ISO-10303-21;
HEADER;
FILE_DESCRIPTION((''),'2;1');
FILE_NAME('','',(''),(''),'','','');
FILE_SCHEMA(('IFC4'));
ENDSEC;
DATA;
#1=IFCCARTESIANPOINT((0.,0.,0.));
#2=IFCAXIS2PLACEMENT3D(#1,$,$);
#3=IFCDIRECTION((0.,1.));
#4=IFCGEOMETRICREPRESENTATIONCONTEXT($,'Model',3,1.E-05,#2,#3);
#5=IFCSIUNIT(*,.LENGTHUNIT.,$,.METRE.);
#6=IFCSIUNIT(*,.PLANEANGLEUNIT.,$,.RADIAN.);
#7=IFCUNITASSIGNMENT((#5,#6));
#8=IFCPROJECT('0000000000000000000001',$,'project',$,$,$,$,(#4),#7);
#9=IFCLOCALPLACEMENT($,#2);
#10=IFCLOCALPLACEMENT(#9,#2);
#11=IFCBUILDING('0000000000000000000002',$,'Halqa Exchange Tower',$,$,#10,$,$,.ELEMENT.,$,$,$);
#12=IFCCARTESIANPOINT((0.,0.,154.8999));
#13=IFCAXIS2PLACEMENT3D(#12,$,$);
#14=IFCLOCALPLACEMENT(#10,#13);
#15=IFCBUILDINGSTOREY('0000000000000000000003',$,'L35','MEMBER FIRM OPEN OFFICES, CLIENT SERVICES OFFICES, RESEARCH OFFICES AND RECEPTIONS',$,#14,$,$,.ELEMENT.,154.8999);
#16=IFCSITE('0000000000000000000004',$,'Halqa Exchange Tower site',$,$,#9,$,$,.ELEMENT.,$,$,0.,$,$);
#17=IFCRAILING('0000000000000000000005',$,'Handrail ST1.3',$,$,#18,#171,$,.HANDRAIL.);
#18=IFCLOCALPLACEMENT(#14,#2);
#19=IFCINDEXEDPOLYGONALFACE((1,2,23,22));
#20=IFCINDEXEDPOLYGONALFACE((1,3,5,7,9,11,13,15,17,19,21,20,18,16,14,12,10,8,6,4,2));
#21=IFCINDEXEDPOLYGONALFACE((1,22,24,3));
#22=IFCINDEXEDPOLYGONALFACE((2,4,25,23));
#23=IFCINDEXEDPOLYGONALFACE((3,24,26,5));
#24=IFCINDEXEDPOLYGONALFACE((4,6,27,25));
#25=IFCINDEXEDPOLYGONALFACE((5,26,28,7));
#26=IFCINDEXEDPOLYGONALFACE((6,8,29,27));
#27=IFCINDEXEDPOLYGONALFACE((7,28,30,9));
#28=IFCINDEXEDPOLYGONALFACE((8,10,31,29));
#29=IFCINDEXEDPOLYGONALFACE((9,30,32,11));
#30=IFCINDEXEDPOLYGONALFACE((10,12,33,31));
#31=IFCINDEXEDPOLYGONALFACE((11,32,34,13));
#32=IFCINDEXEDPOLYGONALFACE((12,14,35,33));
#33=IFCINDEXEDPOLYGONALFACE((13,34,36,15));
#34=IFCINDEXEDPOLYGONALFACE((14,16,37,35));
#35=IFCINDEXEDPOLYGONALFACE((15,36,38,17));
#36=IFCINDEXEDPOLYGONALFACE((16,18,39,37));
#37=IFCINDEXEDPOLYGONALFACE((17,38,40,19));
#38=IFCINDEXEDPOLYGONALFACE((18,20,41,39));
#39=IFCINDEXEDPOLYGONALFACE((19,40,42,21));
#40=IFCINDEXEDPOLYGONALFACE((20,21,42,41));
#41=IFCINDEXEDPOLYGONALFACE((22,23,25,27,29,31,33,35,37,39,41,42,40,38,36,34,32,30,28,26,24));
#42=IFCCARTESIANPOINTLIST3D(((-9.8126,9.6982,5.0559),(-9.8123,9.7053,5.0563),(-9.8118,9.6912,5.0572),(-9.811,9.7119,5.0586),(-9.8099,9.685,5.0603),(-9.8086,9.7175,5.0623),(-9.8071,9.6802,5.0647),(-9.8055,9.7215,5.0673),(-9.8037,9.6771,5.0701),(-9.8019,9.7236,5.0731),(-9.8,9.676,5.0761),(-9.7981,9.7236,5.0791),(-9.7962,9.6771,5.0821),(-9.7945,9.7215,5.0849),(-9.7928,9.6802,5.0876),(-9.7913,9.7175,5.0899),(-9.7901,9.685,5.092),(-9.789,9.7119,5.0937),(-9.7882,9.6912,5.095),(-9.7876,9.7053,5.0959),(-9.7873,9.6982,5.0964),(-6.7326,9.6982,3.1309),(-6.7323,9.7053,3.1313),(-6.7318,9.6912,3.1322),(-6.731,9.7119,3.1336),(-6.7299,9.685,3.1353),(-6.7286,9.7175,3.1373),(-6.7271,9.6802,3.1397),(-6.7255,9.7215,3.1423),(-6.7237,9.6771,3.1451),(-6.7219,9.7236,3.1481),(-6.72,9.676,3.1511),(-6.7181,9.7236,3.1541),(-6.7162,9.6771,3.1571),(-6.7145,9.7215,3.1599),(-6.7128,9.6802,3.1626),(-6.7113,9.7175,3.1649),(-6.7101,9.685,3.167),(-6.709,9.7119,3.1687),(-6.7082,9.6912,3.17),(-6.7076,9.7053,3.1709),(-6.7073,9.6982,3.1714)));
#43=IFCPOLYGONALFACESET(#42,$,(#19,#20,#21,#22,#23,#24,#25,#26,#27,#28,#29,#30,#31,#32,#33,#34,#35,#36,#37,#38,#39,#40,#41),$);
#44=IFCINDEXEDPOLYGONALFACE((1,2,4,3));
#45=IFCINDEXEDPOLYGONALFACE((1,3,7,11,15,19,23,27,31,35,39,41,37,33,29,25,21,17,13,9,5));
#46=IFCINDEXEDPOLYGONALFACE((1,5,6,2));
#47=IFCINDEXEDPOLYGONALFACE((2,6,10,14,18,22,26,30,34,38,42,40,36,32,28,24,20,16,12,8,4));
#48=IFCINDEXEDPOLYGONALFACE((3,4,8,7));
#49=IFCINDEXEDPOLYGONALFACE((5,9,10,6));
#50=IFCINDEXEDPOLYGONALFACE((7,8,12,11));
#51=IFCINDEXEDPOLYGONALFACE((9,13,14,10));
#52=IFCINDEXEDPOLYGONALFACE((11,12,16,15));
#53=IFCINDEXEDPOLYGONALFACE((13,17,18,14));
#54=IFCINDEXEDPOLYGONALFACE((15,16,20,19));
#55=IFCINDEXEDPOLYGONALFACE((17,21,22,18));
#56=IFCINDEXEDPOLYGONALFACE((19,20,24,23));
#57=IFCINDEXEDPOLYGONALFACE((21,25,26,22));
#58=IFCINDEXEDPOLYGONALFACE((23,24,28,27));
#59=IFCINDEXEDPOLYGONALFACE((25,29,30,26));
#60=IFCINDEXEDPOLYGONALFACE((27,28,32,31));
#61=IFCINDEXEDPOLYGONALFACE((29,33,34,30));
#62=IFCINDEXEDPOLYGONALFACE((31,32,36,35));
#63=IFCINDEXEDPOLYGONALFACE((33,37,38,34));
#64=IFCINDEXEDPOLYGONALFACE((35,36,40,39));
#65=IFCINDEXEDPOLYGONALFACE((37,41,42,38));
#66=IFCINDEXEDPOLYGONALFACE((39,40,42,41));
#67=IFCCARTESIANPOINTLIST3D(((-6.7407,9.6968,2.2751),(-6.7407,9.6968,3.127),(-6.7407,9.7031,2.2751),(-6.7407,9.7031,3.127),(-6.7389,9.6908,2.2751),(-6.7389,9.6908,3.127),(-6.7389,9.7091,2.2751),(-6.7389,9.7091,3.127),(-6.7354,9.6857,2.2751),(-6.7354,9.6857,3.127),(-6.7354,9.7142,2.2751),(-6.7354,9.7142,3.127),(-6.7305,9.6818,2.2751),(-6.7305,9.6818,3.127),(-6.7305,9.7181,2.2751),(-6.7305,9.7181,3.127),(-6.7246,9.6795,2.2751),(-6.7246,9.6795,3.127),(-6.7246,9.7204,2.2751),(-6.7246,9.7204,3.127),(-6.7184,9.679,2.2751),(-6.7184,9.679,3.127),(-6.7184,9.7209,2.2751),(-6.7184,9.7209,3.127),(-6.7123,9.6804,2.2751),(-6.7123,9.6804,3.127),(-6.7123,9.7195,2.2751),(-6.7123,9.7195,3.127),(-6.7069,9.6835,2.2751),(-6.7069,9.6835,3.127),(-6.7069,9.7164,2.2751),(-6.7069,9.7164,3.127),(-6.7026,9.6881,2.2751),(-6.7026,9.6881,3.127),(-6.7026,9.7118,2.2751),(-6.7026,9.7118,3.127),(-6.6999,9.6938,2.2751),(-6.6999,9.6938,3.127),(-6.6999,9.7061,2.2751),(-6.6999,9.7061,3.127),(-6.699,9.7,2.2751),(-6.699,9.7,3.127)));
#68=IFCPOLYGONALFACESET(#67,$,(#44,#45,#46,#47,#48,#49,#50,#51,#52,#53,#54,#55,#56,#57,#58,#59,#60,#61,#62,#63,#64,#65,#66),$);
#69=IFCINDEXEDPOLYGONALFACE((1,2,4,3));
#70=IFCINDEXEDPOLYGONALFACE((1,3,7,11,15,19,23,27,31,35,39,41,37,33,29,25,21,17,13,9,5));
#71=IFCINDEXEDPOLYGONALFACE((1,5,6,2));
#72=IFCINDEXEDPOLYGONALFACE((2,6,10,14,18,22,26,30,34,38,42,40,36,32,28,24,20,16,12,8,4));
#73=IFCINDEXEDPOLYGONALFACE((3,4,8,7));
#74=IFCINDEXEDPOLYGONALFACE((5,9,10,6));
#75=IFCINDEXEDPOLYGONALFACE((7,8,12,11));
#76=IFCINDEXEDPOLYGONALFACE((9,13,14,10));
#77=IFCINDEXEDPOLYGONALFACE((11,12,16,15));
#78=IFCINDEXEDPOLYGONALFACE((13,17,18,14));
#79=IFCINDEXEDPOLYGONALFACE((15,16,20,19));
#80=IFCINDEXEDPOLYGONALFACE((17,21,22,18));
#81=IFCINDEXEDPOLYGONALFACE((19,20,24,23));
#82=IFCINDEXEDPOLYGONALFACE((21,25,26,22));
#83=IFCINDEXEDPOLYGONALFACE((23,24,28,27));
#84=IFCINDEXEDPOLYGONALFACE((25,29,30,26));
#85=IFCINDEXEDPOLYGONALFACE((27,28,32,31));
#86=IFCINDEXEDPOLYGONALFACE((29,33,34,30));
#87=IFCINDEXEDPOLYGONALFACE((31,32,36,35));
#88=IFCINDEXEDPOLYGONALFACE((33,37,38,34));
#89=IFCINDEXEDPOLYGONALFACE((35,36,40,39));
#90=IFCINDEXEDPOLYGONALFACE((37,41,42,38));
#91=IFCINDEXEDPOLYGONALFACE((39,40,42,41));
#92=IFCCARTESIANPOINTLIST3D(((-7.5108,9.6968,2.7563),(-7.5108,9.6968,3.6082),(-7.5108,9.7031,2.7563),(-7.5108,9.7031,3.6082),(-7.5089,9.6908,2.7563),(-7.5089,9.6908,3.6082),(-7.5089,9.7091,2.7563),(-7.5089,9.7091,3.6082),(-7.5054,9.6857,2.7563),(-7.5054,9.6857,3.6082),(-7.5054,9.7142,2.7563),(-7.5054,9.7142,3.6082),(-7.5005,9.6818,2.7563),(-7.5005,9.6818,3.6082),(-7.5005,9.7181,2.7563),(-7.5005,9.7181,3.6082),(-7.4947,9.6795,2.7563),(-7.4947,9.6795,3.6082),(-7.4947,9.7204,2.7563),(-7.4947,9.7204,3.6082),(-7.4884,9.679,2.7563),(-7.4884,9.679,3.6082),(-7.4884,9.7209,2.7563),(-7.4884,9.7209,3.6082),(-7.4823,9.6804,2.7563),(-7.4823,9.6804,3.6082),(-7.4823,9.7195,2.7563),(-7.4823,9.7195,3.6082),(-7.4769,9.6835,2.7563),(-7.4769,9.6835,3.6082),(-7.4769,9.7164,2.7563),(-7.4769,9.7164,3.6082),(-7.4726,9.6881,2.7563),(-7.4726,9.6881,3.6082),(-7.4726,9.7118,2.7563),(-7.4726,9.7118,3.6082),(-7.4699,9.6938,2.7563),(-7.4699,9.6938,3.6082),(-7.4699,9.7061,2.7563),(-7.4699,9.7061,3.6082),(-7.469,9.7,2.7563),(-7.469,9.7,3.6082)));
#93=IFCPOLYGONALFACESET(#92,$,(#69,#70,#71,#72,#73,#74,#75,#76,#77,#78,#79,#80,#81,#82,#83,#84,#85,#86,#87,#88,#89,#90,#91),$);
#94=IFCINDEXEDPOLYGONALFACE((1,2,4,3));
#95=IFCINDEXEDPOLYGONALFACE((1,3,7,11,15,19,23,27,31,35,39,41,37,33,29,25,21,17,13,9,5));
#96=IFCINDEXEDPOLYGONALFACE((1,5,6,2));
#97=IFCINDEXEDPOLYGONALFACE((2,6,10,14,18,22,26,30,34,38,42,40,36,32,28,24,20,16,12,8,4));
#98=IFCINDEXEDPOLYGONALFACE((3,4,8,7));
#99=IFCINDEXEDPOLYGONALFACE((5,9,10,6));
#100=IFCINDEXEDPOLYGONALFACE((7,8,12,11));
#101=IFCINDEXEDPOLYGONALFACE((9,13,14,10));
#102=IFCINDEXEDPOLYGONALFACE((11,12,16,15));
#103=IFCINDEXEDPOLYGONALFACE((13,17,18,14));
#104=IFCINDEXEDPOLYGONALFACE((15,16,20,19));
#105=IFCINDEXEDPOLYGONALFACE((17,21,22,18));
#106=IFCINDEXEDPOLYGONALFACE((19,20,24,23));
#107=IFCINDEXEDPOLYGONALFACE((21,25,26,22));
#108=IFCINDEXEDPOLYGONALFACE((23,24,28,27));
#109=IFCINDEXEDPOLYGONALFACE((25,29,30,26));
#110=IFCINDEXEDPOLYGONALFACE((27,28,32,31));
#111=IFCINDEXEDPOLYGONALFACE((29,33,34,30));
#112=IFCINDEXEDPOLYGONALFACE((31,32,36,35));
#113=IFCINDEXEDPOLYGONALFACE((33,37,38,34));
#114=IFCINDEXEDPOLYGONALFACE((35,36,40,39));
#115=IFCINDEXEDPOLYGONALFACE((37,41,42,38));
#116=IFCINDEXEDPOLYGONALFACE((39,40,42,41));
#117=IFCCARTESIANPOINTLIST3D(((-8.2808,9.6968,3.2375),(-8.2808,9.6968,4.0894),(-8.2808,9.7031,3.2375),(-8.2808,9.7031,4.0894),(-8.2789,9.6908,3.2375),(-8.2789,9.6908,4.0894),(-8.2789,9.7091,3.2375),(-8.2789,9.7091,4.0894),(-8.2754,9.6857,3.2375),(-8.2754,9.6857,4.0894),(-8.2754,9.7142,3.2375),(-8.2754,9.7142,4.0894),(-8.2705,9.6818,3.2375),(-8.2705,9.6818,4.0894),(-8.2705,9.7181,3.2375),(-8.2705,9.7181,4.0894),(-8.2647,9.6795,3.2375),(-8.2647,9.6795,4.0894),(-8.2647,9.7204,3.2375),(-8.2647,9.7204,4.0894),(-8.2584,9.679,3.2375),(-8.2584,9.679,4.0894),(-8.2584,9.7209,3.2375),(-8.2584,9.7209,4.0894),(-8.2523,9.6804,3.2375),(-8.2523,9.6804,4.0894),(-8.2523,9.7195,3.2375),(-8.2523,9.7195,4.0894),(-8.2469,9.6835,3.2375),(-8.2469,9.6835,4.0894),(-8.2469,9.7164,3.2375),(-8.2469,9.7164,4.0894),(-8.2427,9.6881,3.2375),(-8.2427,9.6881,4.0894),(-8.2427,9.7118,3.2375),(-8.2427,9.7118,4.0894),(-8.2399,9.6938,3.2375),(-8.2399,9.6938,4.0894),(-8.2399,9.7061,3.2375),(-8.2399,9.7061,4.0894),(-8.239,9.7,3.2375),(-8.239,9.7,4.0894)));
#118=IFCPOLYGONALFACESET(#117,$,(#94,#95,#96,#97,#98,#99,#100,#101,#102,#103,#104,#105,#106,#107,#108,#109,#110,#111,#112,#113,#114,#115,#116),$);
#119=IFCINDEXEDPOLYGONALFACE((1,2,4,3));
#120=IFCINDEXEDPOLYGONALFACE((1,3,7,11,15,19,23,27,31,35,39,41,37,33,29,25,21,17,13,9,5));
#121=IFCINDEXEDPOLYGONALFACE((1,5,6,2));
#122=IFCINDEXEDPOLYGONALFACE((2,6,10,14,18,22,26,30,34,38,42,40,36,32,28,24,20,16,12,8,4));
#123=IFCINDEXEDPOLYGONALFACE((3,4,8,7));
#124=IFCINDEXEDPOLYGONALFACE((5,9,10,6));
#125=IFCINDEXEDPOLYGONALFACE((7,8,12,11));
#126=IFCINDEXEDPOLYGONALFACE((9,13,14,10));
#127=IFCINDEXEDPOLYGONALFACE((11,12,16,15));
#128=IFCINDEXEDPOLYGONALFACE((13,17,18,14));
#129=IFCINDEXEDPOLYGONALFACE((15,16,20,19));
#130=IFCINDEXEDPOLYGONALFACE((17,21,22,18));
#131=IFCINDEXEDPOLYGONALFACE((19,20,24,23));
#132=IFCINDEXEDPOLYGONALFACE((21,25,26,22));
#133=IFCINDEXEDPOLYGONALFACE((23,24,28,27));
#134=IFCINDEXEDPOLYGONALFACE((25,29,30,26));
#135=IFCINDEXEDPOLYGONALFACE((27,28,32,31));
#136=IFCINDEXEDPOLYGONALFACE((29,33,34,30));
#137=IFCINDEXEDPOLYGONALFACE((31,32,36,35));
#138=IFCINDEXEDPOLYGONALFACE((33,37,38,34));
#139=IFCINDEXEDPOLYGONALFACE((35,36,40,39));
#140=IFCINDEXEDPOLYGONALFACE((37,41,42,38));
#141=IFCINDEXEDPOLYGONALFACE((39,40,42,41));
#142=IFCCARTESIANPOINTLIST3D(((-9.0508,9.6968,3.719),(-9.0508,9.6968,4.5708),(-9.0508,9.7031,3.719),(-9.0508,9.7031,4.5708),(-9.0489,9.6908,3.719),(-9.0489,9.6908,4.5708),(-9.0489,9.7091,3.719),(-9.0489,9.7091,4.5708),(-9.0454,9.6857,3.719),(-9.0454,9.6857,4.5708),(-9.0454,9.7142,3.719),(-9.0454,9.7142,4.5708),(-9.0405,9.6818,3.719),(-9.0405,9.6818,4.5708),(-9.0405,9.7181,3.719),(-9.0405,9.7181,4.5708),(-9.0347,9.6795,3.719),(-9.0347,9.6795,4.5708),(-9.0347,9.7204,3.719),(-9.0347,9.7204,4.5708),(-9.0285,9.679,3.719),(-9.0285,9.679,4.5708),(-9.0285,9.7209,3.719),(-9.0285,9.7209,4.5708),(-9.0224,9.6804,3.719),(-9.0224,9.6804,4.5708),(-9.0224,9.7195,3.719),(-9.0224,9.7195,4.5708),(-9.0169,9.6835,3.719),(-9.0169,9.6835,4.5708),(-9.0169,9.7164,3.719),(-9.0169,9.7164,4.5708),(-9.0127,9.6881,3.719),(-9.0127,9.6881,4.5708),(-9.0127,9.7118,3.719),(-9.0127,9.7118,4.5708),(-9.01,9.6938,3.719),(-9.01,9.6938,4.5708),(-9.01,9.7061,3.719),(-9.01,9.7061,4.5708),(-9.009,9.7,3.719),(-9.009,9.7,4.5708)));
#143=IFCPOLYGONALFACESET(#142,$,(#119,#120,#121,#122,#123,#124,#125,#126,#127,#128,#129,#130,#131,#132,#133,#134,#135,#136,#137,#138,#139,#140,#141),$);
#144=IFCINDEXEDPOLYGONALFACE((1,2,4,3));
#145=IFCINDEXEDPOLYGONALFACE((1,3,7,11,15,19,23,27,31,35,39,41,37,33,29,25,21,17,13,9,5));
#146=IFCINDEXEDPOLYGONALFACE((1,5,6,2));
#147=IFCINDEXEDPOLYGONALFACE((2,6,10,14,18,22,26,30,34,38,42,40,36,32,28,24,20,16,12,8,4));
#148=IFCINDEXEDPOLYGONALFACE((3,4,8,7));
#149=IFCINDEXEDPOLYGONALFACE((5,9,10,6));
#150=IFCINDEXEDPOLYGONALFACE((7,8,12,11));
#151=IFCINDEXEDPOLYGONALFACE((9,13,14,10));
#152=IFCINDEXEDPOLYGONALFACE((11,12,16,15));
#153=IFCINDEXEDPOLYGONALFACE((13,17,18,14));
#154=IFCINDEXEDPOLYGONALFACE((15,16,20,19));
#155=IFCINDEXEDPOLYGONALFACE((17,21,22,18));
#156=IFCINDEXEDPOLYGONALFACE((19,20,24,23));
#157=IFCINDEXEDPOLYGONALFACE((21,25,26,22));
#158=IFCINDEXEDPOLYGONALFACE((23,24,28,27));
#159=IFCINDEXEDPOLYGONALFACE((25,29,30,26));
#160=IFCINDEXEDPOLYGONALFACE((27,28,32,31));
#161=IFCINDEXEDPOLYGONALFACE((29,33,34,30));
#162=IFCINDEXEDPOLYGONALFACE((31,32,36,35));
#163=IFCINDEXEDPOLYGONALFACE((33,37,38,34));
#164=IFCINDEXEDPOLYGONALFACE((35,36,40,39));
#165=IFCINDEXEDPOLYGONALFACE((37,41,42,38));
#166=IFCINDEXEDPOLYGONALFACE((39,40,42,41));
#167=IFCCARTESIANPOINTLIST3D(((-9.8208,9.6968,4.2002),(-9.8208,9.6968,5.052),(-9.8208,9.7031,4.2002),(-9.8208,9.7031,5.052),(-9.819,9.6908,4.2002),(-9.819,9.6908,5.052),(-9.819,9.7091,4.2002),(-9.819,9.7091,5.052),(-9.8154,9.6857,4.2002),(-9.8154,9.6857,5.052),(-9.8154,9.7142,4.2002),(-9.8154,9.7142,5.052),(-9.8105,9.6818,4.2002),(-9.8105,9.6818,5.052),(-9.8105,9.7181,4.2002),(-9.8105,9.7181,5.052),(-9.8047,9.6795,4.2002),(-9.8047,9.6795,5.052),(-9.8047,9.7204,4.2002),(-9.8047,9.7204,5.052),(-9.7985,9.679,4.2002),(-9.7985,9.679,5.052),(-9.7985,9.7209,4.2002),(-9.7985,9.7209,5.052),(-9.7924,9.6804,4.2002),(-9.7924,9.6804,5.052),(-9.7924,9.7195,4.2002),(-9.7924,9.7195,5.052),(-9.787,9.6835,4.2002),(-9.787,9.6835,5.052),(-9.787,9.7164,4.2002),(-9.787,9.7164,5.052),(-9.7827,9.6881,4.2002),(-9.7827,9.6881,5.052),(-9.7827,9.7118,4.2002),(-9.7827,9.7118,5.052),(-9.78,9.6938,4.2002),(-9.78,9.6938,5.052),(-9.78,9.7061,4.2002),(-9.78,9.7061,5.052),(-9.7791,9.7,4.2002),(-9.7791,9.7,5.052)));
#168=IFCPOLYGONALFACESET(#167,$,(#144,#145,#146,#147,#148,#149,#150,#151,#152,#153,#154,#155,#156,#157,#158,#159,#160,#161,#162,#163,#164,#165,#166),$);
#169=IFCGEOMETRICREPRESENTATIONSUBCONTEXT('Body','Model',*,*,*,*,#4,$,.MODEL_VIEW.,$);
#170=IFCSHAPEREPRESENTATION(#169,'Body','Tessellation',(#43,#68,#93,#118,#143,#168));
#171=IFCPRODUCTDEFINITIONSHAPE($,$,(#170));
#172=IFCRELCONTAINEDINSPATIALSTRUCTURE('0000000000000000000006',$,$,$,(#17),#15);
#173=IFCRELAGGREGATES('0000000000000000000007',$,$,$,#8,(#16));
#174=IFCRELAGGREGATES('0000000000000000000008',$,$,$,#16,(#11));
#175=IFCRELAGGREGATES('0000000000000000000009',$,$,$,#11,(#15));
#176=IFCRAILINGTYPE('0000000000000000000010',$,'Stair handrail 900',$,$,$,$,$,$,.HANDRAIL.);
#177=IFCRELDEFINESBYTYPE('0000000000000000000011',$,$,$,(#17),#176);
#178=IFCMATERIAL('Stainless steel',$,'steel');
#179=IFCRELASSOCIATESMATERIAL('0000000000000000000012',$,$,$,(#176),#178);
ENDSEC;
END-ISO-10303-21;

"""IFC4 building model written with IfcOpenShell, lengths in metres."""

from ifc_helpers import new_model, si_unit, direction, frame, origin, origin_2d, place, context, subcontext, project, spatial, circle, extrude, material, type_object, element, save


model = new_model("IFC4")

# Units and contexts
model_context = context("Model", 3, precision=1e-05, world=origin(), true_north=direction((0.0, 1.0)))
body_context = subcontext(model_context, "Body", "Model", "MODEL_VIEW")
ifc_project = project(units=[si_unit("LENGTHUNIT", "METRE"), si_unit("PLANEANGLEUNIT", "RADIAN")], contexts=[model_context])

# Site, building, storey
site_placement = place(None, origin())
site = spatial("IfcSite", under=ifc_project, at=site_placement, Name="Halqa Exchange Tower site", CompositionType="ELEMENT", RefElevation=0.0)
building_placement = place(site_placement, origin())
building = spatial("IfcBuilding", under=site, at=building_placement, Name="Halqa Exchange Tower", CompositionType="ELEMENT")
storey_placement = place(building_placement, frame((0.0, 0.0, 154.8999)))
storey = spatial("IfcBuildingStorey", under=building, at=storey_placement, Name="L35", Description="MEMBER FIRM OPEN OFFICES, CLIENT SERVICES OFFICES, RESEARCH OFFICES AND RECEPTIONS", CompositionType="ELEMENT", Elevation=154.8999)

# Railing
ifc_material_1 = material(Name="Stainless steel", Category="steel")
railing_type_1 = type_object("IfcRailingType", Name="Stair handrail 900", PredefinedType="HANDRAIL", material=ifc_material_1)
railing_1_placement = place(storey_placement, frame((-6.72, 9.7, 2.2751)))
element("IfcRailing", 1, at=railing_1_placement, inside=storey, type_object=railing_type_1, Name="Handrail ST1.3", PredefinedType="HANDRAIL", context=body_context, shape_type="SweptSolid", body=[
    extrude(circle(Radius=0.0239, at=origin_2d()), frame((0.0, 0.0, 0.876), z_axis=(-0.847998, 0.0, 0.529999), x_axis=(0.0, -1.0, 0.0)), (0.0, 0.0, 1.0), 3.6321),
    extrude(circle(Radius=0.021, at=origin_2d()), origin(), (0.0, 0.0, 1.0), 0.8518),
    extrude(circle(Radius=0.021, at=origin_2d()), frame((-0.77, 0.0, 0.4812)), (0.0, 0.0, 1.0), 0.8518),
    extrude(circle(Radius=0.021, at=origin_2d()), frame((-1.54, 0.0, 0.9624)), (0.0, 0.0, 1.0), 0.8518),
    extrude(circle(Radius=0.021, at=origin_2d()), frame((-2.3101, 0.0, 1.4438)), (0.0, 0.0, 1.0), 0.8518),
    extrude(circle(Radius=0.021, at=origin_2d()), frame((-3.0801, 0.0, 1.925)), (0.0, 0.0, 1.0), 0.8518),
])

save(model, "model.ifc")
